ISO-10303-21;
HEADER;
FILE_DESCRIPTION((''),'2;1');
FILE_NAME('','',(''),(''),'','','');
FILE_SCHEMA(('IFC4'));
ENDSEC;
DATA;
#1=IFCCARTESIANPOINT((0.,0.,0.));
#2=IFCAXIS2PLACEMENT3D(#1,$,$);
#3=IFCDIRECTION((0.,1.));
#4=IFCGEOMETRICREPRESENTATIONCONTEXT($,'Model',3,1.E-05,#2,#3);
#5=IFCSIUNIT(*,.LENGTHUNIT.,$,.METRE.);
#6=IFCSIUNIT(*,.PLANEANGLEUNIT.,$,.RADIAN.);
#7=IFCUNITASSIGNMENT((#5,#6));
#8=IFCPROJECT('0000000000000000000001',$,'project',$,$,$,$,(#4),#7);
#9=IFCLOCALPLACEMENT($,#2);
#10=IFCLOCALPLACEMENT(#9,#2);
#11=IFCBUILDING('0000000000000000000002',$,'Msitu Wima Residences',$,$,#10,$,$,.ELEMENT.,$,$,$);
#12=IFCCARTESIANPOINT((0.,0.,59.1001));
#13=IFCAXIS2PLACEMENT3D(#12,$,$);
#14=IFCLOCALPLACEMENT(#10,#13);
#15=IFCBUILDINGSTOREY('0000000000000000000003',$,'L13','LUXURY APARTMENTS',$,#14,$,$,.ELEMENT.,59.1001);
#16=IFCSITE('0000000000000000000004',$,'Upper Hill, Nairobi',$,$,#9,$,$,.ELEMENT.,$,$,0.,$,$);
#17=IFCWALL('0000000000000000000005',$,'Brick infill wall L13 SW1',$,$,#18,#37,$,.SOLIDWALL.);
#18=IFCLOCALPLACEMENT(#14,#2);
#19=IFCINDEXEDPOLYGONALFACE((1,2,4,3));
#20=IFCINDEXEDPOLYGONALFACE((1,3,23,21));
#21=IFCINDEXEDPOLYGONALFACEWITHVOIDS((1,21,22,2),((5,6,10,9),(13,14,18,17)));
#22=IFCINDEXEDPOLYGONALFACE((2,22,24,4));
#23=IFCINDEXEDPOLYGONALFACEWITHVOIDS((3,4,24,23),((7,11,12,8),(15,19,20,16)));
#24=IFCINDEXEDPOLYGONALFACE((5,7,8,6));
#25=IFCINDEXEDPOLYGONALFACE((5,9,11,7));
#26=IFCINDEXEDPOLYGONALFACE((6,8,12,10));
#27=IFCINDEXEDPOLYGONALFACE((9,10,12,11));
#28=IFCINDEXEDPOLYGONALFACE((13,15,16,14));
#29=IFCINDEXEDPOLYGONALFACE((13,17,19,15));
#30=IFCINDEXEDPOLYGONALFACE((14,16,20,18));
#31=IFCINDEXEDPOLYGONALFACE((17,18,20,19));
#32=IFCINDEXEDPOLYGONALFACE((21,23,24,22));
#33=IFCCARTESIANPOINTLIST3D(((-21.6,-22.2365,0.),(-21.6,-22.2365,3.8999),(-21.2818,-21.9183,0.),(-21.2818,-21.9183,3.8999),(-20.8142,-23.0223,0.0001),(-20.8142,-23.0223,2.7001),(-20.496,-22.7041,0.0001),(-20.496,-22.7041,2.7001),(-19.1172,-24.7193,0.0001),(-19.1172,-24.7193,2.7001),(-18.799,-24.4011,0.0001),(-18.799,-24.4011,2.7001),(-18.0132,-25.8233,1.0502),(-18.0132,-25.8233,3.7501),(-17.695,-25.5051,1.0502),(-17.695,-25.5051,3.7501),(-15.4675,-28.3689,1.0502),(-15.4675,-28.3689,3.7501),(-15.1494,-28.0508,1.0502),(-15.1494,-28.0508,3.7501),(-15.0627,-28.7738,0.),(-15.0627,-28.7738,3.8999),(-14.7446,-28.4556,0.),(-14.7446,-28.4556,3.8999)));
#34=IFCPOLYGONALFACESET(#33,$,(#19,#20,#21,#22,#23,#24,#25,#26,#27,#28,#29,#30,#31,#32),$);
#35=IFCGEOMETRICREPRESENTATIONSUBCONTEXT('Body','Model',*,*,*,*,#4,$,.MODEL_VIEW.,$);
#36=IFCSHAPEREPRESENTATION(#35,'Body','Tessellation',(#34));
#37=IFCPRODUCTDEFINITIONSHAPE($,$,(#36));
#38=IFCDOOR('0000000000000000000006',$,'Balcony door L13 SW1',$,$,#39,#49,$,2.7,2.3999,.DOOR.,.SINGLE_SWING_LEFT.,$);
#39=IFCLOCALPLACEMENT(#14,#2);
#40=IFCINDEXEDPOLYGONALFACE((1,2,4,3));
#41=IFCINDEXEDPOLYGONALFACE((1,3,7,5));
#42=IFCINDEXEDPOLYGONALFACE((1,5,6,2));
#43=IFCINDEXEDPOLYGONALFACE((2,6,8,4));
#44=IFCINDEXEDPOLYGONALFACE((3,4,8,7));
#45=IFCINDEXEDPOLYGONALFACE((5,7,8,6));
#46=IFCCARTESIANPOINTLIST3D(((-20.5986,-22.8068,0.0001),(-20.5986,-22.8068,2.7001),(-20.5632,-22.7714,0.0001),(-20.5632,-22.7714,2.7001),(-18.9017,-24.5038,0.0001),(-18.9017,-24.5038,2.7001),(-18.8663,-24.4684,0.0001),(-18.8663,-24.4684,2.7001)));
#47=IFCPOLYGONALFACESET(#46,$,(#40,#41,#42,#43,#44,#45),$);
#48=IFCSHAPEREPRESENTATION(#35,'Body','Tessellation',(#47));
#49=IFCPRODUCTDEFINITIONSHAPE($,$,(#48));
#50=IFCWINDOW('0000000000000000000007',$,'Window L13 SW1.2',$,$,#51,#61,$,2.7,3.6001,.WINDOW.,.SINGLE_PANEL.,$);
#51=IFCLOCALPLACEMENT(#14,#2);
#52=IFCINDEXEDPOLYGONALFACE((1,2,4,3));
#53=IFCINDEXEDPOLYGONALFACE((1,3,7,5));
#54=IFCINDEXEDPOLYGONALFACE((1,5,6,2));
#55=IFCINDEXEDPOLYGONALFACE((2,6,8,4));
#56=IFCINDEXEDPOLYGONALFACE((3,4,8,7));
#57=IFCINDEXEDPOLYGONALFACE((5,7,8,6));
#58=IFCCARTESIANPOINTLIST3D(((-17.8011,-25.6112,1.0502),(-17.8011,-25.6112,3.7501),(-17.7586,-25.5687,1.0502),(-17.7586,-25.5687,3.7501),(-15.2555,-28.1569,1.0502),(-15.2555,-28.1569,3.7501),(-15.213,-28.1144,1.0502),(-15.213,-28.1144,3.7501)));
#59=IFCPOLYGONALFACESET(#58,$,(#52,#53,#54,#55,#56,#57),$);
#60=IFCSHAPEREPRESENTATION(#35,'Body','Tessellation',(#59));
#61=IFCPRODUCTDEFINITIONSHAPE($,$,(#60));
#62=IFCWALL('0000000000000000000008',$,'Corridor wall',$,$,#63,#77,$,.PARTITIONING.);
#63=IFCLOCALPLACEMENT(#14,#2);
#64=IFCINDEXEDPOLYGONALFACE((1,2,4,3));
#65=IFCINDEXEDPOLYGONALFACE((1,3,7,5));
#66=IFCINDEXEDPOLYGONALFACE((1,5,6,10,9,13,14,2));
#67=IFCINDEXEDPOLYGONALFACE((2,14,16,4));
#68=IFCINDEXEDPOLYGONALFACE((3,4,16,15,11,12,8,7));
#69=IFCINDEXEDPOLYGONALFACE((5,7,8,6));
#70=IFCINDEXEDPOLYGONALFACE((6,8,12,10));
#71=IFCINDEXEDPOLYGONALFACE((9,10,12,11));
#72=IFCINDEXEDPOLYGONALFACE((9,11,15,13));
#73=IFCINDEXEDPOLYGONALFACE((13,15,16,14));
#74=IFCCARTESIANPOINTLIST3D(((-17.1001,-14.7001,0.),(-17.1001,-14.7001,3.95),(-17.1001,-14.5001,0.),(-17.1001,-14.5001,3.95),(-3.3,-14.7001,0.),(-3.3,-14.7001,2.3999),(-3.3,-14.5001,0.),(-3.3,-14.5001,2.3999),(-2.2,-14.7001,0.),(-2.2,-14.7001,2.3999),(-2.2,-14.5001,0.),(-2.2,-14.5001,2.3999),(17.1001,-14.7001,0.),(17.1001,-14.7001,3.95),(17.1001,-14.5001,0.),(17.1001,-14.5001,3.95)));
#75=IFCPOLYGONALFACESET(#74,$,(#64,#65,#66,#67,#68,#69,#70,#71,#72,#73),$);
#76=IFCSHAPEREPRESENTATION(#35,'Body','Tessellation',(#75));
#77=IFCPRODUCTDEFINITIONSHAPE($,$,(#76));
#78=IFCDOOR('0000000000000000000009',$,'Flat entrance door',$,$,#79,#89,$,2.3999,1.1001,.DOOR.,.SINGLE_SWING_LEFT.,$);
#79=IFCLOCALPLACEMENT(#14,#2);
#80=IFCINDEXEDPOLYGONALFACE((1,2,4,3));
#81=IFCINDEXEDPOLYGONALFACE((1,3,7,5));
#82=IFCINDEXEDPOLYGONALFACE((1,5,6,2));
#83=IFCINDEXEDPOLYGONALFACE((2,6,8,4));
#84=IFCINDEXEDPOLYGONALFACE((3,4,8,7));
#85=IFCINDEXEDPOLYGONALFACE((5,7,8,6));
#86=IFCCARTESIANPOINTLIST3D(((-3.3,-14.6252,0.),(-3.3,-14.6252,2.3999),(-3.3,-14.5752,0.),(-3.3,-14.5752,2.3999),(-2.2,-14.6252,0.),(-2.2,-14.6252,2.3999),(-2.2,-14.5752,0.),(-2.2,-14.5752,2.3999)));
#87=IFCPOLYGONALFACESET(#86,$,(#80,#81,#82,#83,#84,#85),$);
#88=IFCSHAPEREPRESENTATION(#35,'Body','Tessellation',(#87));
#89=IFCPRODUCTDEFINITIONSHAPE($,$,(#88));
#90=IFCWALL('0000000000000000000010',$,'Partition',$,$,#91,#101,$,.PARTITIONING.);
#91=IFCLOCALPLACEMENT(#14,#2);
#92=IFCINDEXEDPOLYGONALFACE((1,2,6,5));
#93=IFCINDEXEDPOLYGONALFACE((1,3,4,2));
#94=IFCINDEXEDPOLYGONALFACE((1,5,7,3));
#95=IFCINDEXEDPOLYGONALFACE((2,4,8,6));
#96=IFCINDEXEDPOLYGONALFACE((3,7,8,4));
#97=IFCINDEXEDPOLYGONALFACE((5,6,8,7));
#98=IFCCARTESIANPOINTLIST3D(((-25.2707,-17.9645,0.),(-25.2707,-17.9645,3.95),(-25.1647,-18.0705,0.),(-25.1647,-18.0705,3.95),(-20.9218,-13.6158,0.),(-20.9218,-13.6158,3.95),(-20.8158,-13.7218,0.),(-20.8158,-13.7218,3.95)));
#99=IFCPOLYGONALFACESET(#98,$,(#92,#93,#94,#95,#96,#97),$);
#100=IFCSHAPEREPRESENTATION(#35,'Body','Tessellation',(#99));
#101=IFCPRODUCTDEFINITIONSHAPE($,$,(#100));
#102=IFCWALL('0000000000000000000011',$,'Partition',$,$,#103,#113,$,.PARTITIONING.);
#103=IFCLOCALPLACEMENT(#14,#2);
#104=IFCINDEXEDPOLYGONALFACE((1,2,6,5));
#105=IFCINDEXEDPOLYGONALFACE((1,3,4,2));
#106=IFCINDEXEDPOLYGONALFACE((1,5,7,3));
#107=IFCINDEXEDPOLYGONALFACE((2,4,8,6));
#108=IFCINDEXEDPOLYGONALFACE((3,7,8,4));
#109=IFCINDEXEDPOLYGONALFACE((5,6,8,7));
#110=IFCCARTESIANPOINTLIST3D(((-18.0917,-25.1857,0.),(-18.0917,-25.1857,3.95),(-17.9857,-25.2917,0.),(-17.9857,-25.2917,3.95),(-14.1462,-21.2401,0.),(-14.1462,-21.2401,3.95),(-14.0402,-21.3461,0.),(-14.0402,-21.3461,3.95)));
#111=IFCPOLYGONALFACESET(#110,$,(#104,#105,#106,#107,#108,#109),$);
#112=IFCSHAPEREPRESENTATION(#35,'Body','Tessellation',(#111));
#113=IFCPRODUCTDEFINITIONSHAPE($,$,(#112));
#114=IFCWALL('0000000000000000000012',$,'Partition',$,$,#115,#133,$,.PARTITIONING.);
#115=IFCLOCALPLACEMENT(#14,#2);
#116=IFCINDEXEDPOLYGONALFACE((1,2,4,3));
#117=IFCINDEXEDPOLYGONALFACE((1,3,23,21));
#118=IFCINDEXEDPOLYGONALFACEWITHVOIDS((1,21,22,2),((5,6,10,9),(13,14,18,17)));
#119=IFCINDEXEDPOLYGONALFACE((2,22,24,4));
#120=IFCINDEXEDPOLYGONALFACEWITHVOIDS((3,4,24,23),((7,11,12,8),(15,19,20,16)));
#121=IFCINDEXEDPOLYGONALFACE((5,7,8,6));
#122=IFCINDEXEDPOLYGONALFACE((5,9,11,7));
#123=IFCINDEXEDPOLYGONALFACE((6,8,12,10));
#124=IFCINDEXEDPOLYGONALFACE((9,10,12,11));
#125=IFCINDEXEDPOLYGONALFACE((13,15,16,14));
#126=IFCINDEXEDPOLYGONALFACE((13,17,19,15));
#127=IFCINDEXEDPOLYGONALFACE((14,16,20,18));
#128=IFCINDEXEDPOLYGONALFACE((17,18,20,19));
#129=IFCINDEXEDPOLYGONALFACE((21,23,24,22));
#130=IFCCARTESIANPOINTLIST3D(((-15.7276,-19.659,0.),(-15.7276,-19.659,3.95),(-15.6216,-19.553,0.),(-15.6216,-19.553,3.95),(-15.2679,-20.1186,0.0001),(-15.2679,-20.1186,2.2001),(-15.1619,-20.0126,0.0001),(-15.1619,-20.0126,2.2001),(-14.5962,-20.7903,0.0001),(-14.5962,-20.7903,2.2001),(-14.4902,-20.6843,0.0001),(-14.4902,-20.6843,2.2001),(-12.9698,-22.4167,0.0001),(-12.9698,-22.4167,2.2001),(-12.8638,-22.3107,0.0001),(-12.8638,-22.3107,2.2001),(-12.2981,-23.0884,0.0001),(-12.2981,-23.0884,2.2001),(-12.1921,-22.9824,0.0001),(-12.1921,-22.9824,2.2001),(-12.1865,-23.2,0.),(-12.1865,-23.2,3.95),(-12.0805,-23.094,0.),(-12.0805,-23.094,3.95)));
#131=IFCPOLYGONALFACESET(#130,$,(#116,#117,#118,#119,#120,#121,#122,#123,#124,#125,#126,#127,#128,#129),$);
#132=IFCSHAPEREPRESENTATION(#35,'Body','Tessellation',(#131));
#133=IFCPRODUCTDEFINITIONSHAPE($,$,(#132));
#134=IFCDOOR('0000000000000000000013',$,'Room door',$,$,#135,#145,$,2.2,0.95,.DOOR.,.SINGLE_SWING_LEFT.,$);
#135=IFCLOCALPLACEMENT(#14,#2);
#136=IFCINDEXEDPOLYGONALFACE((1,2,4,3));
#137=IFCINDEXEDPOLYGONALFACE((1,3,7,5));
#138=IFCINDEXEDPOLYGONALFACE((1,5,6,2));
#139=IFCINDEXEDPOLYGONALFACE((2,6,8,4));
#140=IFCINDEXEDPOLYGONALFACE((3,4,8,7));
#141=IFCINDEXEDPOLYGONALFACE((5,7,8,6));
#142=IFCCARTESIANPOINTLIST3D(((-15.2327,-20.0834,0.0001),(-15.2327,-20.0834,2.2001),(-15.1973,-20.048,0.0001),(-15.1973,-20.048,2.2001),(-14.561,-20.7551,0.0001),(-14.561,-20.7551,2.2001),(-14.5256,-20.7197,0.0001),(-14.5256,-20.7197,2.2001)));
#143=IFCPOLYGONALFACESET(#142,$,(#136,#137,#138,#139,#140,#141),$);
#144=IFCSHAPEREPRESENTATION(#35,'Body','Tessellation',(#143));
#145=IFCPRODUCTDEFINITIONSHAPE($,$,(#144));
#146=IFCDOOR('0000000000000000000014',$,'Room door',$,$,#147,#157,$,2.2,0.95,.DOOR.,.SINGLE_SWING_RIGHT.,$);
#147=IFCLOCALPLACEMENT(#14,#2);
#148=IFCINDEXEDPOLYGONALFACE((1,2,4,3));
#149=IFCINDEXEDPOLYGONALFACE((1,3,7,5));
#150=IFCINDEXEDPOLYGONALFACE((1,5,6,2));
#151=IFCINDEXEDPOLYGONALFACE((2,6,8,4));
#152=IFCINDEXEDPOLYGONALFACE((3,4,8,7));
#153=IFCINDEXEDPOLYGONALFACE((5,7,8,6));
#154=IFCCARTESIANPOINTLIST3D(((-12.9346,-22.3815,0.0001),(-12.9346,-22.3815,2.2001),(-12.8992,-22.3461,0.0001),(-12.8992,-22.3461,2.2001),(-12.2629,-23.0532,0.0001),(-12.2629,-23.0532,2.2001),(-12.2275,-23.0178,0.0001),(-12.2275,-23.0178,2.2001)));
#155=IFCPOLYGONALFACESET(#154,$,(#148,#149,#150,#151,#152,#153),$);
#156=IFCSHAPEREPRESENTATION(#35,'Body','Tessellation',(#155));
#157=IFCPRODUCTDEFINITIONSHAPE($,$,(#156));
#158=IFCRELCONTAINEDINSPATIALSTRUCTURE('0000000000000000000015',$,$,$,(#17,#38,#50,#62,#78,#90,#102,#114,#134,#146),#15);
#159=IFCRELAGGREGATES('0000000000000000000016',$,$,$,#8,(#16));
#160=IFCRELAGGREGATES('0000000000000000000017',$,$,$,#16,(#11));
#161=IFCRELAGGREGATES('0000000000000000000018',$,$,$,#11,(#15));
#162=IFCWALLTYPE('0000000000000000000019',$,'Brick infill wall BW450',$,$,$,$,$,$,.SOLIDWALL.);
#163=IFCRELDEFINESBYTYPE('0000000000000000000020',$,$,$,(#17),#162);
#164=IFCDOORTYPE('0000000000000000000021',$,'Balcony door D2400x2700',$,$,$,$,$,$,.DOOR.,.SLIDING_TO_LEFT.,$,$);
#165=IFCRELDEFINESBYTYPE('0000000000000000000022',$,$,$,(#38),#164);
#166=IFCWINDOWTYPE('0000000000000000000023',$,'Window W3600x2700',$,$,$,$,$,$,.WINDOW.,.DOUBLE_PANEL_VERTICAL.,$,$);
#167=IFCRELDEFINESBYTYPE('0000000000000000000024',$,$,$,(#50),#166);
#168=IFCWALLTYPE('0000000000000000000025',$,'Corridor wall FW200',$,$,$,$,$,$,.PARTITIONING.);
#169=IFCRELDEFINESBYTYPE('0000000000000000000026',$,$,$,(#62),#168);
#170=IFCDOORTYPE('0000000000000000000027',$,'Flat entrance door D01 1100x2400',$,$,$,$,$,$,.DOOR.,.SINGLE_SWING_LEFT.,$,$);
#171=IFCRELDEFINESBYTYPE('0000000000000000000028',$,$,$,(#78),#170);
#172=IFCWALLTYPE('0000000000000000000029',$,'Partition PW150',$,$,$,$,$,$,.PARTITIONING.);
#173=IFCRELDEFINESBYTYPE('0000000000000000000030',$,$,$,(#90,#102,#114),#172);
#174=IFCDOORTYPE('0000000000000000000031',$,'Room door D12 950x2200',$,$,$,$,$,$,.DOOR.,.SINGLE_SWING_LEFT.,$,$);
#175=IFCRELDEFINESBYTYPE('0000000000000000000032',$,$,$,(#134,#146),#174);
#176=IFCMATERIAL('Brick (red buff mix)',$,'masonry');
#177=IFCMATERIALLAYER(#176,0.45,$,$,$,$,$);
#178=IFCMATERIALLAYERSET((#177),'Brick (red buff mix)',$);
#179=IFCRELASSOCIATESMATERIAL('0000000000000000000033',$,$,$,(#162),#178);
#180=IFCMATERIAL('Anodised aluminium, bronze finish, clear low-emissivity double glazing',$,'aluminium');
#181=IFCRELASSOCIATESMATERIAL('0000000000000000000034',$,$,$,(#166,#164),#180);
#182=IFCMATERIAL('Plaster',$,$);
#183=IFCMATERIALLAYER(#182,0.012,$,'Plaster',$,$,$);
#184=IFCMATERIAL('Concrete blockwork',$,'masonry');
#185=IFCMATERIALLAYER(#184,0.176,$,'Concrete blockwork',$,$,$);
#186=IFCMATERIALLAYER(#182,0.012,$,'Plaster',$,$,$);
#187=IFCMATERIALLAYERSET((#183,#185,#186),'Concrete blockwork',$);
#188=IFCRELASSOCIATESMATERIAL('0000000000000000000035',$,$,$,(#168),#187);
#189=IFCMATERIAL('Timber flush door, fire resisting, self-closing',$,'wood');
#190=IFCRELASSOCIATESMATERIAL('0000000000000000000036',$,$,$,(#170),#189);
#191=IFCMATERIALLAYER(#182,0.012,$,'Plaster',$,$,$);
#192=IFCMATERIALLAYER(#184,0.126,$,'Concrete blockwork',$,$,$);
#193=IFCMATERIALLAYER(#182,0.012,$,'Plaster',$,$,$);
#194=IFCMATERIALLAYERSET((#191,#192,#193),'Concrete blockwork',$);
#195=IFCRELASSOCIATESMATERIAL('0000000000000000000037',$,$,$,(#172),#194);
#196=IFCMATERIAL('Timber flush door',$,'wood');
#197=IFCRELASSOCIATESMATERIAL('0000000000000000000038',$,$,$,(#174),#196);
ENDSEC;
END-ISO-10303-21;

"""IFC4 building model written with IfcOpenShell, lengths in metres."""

from ifc_helpers import new_model, si_unit, direction, frame, frame_2d, origin, place, context, subcontext, project, spatial, rectangle, extrude, material, layer, layer_set, type_object, element, fill, save


model = new_model("IFC4")

# Units and contexts
model_context = context("Model", 3, precision=1e-05, world=origin(), true_north=direction((0.0, 1.0)))
body_context = subcontext(model_context, "Body", "Model", "MODEL_VIEW")
ifc_project = project(units=[si_unit("LENGTHUNIT", "METRE"), si_unit("PLANEANGLEUNIT", "RADIAN")], contexts=[model_context])

# Site, building, storey
site_placement = place(None, origin())
site = spatial("IfcSite", under=ifc_project, at=site_placement, Name="Upper Hill, Nairobi", CompositionType="ELEMENT", RefElevation=0.0)
building_placement = place(site_placement, origin())
building = spatial("IfcBuilding", under=site, at=building_placement, Name="Msitu Wima Residences", CompositionType="ELEMENT")
storey_placement = place(building_placement, frame((0.0, 0.0, 59.1001)))
storey = spatial("IfcBuildingStorey", under=building, at=storey_placement, Name="L13", Description="LUXURY APARTMENTS", CompositionType="ELEMENT", Elevation=59.1001)

# Shared definitions
ifc_material_1 = material(Name="Brick (red buff mix)", Category="masonry")
ifc_layer_1 = layer(ifc_material_1, 0.45)
ifc_layer_set_1 = layer_set([ifc_layer_1], Name="Brick (red buff mix)")
wall_type_1 = type_object("IfcWallType", Name="Brick infill wall BW450", PredefinedType="SOLIDWALL", material=ifc_layer_set_1)
ifc_material_2 = material(Name="Anodised aluminium, bronze finish, clear low-emissivity double glazing", Category="aluminium")
window_type = type_object("IfcWindowType", Name="Window W3600x2700", PartitioningType="DOUBLE_PANEL_VERTICAL", PredefinedType="WINDOW", material=ifc_material_2)

# Wall, openings, door, window
wall_1_placement = place(storey_placement, frame((-21.4409, -22.0774, 0.0), z_axis=(0.0, 0.0, 1.0), x_axis=(0.707107, -0.707107, 0.0)))
wall_1 = element("IfcWall", 1, at=wall_1_placement, inside=storey, type_object=wall_type_1, Name="Brick infill wall L13 SW1", PredefinedType="SOLIDWALL", context=body_context, shape_type="SweptSolid", body=[
    extrude(rectangle(XDim=9.2451, YDim=0.45, at=frame_2d((4.6226, 0.0))), origin(), (0.0, 0.0, 1.0), 3.8999),
])
opening_1_placement = place(wall_1_placement, frame((1.1113, 0.0, 0.0)))
opening_1 = element("IfcOpeningElement", 2, at=opening_1_placement, cuts=wall_1, PredefinedType="OPENING", context=body_context, shape_type="SweptSolid", body=[
    extrude(rectangle(XDim=2.3999, YDim=2.7, at=frame_2d((1.2, 1.3501))), frame((0.0, 0.2349, 0.0), z_axis=(0.0, -1.0, 0.0), x_axis=(1.0, 0.0, 0.0)), (0.0, 0.0, 1.0), 0.47),
])
opening_2_placement = place(wall_1_placement, frame((5.0725, 0.0, 1.05)))
opening_2 = element("IfcOpeningElement", 3, at=opening_2_placement, cuts=wall_1, PredefinedType="OPENING", context=body_context, shape_type="SweptSolid", body=[
    extrude(rectangle(XDim=3.6001, YDim=2.7, at=frame_2d((1.8, 1.3501))), frame((0.0, 0.2349, 0.0), z_axis=(0.0, -1.0, 0.0), x_axis=(1.0, 0.0, 0.0)), (0.0, 0.0, 1.0), 0.47),
])
door_type_1 = type_object("IfcDoorType", Name="Balcony door D2400x2700", OperationType="SLIDING_TO_LEFT", PredefinedType="DOOR", material=ifc_material_2)
door_1_placement = place(opening_1_placement, origin())
door_1 = element("IfcDoor", 4, at=door_1_placement, inside=storey, type_object=door_type_1, Name="Balcony door L13 SW1", OperationType="SINGLE_SWING_LEFT", OverallHeight=2.7, OverallWidth=2.3999, PredefinedType="DOOR", context=body_context, shape_type="SweptSolid", body=[
    extrude(rectangle(XDim=2.3999, YDim=2.7, at=frame_2d((1.2, 1.3501))), frame((0.0, 0.1299, 0.0), z_axis=(0.0, -1.0, 0.0), x_axis=(1.0, 0.0, 0.0)), (0.0, 0.0, 1.0), 0.05),
])
fill(opening_1, door_1)
window_1_placement = place(opening_2_placement, origin())
window_1 = element("IfcWindow", 5, at=window_1_placement, inside=storey, type_object=window_type, Name="Window L13 SW1.2", OverallHeight=2.7, OverallWidth=3.6001, PartitioningType="SINGLE_PANEL", PredefinedType="WINDOW", context=body_context, shape_type="SweptSolid", body=[
    extrude(rectangle(XDim=3.6001, YDim=2.7, at=frame_2d((1.8, 1.3501))), frame((0.0, 0.135, 0.0), z_axis=(0.0, -1.0, 0.0), x_axis=(1.0, 0.0, 0.0)), (0.0, 0.0, 1.0), 0.0601),
])
fill(opening_2, window_1)

# Wall, opening, door
ifc_material_3 = material(Name="Plaster")
ifc_layer_2 = layer(ifc_material_3, 0.012, Name="Plaster")
ifc_material_4 = material(Name="Concrete blockwork", Category="masonry")
ifc_layer_3 = layer(ifc_material_4, 0.176, Name="Concrete blockwork")
ifc_layer_4 = layer(ifc_material_3, 0.012, Name="Plaster")
ifc_layer_set_2 = layer_set([ifc_layer_2, ifc_layer_3, ifc_layer_4], Name="Concrete blockwork")
wall_type_2 = type_object("IfcWallType", Name="Corridor wall FW200", PredefinedType="PARTITIONING", material=ifc_layer_set_2)
wall_2_placement = place(storey_placement, frame((-17.1001, -14.6001, 0.0), z_axis=(0.0, 0.0, 1.0), x_axis=(1.0, 0.0, 0.0)))
wall_2 = element("IfcWall", 6, at=wall_2_placement, inside=storey, type_object=wall_type_2, Name="Corridor wall", PredefinedType="PARTITIONING", context=body_context, shape_type="SweptSolid", body=[
    extrude(rectangle(XDim=34.2002, YDim=0.2, at=frame_2d((17.1001, 0.0))), origin(), (0.0, 0.0, 1.0), 3.95),
])
opening_3_placement = place(wall_2_placement, frame((13.8, 0.0, 0.0)))
opening_3 = element("IfcOpeningElement", 7, at=opening_3_placement, cuts=wall_2, PredefinedType="OPENING", context=body_context, shape_type="SweptSolid", body=[
    extrude(rectangle(XDim=1.1001, YDim=2.3999, at=frame_2d((0.55, 1.2))), frame((0.0, 0.1099, 0.0), z_axis=(0.0, -1.0, 0.0), x_axis=(1.0, 0.0, 0.0)), (0.0, 0.0, 1.0), 0.22),
])
ifc_material_5 = material(Name="Timber flush door, fire resisting, self-closing", Category="wood")
door_type_2 = type_object("IfcDoorType", Name="Flat entrance door D01 1100x2400", OperationType="SINGLE_SWING_LEFT", PredefinedType="DOOR", material=ifc_material_5)
door_2_placement = place(opening_3_placement, origin())
door_2 = element("IfcDoor", 8, at=door_2_placement, inside=storey, type_object=door_type_2, Name="Flat entrance door", OperationType="SINGLE_SWING_LEFT", OverallHeight=2.3999, OverallWidth=1.1001, PredefinedType="DOOR", context=body_context, shape_type="SweptSolid", body=[
    extrude(rectangle(XDim=1.1001, YDim=2.3999, at=frame_2d((0.55, 1.2))), frame((0.0, 0.0249, 0.0), z_axis=(0.0, -1.0, 0.0), x_axis=(1.0, 0.0, 0.0)), (0.0, 0.0, 1.0), 0.05),
])
fill(opening_3, door_2)

# Walls
ifc_layer_5 = layer(ifc_material_3, 0.012, Name="Plaster")
ifc_layer_6 = layer(ifc_material_4, 0.126, Name="Concrete blockwork")
ifc_layer_7 = layer(ifc_material_3, 0.012, Name="Plaster")
ifc_layer_set_3 = layer_set([ifc_layer_5, ifc_layer_6, ifc_layer_7], Name="Concrete blockwork")
wall_type_3 = type_object("IfcWallType", Name="Partition PW150", PredefinedType="PARTITIONING", material=ifc_layer_set_3)
wall_3_placement = place(storey_placement, frame((-25.2178, -18.0176, 0.0), z_axis=(0.0, 0.0, 1.0), x_axis=(0.707127, 0.707087, 0.0)))
element("IfcWall", 9, at=wall_3_placement, inside=storey, type_object=wall_type_3, Name="Partition", PredefinedType="PARTITIONING", context=body_context, shape_type="SweptSolid", body=[
    extrude(rectangle(XDim=6.1501, YDim=0.1499, at=frame_2d((3.0752, 0.0))), origin(), (0.0, 0.0, 1.0), 3.95),
])
wall_4_placement = place(storey_placement, frame((-18.0388, -25.2388, 0.0), z_axis=(0.0, 0.0, 1.0), x_axis=(0.707107, 0.707107, 0.0)))
element("IfcWall", 10, at=wall_4_placement, inside=storey, type_object=wall_type_3, Name="Partition", PredefinedType="PARTITIONING", context=body_context, shape_type="SweptSolid", body=[
    extrude(rectangle(XDim=5.5798, YDim=0.1499, at=frame_2d((2.79, 0.0))), origin(), (0.0, 0.0, 1.0), 3.95),
])

# Wall, openings, doors
wall_5_placement = place(storey_placement, frame((-15.6746, -19.606, 0.0), z_axis=(0.0, 0.0, 1.0), x_axis=(0.707107, -0.707107, 0.0)))
wall_5 = element("IfcWall", 11, at=wall_5_placement, inside=storey, type_object=wall_type_3, Name="Partition", PredefinedType="PARTITIONING", context=body_context, shape_type="SweptSolid", body=[
    extrude(rectangle(XDim=5.0078, YDim=0.1499, at=frame_2d((2.5039, 0.0))), origin(), (0.0, 0.0, 1.0), 3.95),
])
opening_4_placement = place(wall_5_placement, frame((0.6499, 0.0, 0.0)))
opening_4 = element("IfcOpeningElement", 12, at=opening_4_placement, cuts=wall_5, PredefinedType="OPENING", context=body_context, shape_type="SweptSolid", body=[
    extrude(rectangle(XDim=0.95, YDim=2.2, at=frame_2d((0.4751, 1.1001))), frame((0.0, 0.085, 0.0), z_axis=(0.0, -1.0, 0.0), x_axis=(1.0, 0.0, 0.0)), (0.0, 0.0, 1.0), 0.1699),
])
opening_5_placement = place(wall_5_placement, frame((3.8999, 0.0, 0.0)))
opening_5 = element("IfcOpeningElement", 13, at=opening_5_placement, cuts=wall_5, PredefinedType="OPENING", context=body_context, shape_type="SweptSolid", body=[
    extrude(rectangle(XDim=0.95, YDim=2.2, at=frame_2d((0.4751, 1.1001))), frame((0.0, 0.085, 0.0), z_axis=(0.0, -1.0, 0.0), x_axis=(1.0, 0.0, 0.0)), (0.0, 0.0, 1.0), 0.1699),
])
ifc_material_6 = material(Name="Timber flush door", Category="wood")
door_type_3 = type_object("IfcDoorType", Name="Room door D12 950x2200", OperationType="SINGLE_SWING_LEFT", PredefinedType="DOOR", material=ifc_material_6)
door_3_placement = place(opening_4_placement, origin())
door_3 = element("IfcDoor", 14, at=door_3_placement, inside=storey, type_object=door_type_3, Name="Room door", OperationType="SINGLE_SWING_LEFT", OverallHeight=2.2, OverallWidth=0.95, PredefinedType="DOOR", context=body_context, shape_type="SweptSolid", body=[
    extrude(rectangle(XDim=0.95, YDim=2.2, at=frame_2d((0.4751, 1.1001))), frame((0.0, 0.0249, 0.0), z_axis=(0.0, -1.0, 0.0), x_axis=(1.0, 0.0, 0.0)), (0.0, 0.0, 1.0), 0.05),
])
fill(opening_4, door_3)
door_4_placement = place(opening_5_placement, origin())
door_4 = element("IfcDoor", 15, at=door_4_placement, inside=storey, type_object=door_type_3, Name="Room door", OperationType="SINGLE_SWING_RIGHT", OverallHeight=2.2, OverallWidth=0.95, PredefinedType="DOOR", context=body_context, shape_type="SweptSolid", body=[
    extrude(rectangle(XDim=0.95, YDim=2.2, at=frame_2d((0.4751, 1.1001))), frame((0.0, 0.0249, 0.0), z_axis=(0.0, -1.0, 0.0), x_axis=(1.0, 0.0, 0.0)), (0.0, 0.0, 1.0), 0.05),
])
fill(opening_5, door_4)

save(model, "model.ifc")
